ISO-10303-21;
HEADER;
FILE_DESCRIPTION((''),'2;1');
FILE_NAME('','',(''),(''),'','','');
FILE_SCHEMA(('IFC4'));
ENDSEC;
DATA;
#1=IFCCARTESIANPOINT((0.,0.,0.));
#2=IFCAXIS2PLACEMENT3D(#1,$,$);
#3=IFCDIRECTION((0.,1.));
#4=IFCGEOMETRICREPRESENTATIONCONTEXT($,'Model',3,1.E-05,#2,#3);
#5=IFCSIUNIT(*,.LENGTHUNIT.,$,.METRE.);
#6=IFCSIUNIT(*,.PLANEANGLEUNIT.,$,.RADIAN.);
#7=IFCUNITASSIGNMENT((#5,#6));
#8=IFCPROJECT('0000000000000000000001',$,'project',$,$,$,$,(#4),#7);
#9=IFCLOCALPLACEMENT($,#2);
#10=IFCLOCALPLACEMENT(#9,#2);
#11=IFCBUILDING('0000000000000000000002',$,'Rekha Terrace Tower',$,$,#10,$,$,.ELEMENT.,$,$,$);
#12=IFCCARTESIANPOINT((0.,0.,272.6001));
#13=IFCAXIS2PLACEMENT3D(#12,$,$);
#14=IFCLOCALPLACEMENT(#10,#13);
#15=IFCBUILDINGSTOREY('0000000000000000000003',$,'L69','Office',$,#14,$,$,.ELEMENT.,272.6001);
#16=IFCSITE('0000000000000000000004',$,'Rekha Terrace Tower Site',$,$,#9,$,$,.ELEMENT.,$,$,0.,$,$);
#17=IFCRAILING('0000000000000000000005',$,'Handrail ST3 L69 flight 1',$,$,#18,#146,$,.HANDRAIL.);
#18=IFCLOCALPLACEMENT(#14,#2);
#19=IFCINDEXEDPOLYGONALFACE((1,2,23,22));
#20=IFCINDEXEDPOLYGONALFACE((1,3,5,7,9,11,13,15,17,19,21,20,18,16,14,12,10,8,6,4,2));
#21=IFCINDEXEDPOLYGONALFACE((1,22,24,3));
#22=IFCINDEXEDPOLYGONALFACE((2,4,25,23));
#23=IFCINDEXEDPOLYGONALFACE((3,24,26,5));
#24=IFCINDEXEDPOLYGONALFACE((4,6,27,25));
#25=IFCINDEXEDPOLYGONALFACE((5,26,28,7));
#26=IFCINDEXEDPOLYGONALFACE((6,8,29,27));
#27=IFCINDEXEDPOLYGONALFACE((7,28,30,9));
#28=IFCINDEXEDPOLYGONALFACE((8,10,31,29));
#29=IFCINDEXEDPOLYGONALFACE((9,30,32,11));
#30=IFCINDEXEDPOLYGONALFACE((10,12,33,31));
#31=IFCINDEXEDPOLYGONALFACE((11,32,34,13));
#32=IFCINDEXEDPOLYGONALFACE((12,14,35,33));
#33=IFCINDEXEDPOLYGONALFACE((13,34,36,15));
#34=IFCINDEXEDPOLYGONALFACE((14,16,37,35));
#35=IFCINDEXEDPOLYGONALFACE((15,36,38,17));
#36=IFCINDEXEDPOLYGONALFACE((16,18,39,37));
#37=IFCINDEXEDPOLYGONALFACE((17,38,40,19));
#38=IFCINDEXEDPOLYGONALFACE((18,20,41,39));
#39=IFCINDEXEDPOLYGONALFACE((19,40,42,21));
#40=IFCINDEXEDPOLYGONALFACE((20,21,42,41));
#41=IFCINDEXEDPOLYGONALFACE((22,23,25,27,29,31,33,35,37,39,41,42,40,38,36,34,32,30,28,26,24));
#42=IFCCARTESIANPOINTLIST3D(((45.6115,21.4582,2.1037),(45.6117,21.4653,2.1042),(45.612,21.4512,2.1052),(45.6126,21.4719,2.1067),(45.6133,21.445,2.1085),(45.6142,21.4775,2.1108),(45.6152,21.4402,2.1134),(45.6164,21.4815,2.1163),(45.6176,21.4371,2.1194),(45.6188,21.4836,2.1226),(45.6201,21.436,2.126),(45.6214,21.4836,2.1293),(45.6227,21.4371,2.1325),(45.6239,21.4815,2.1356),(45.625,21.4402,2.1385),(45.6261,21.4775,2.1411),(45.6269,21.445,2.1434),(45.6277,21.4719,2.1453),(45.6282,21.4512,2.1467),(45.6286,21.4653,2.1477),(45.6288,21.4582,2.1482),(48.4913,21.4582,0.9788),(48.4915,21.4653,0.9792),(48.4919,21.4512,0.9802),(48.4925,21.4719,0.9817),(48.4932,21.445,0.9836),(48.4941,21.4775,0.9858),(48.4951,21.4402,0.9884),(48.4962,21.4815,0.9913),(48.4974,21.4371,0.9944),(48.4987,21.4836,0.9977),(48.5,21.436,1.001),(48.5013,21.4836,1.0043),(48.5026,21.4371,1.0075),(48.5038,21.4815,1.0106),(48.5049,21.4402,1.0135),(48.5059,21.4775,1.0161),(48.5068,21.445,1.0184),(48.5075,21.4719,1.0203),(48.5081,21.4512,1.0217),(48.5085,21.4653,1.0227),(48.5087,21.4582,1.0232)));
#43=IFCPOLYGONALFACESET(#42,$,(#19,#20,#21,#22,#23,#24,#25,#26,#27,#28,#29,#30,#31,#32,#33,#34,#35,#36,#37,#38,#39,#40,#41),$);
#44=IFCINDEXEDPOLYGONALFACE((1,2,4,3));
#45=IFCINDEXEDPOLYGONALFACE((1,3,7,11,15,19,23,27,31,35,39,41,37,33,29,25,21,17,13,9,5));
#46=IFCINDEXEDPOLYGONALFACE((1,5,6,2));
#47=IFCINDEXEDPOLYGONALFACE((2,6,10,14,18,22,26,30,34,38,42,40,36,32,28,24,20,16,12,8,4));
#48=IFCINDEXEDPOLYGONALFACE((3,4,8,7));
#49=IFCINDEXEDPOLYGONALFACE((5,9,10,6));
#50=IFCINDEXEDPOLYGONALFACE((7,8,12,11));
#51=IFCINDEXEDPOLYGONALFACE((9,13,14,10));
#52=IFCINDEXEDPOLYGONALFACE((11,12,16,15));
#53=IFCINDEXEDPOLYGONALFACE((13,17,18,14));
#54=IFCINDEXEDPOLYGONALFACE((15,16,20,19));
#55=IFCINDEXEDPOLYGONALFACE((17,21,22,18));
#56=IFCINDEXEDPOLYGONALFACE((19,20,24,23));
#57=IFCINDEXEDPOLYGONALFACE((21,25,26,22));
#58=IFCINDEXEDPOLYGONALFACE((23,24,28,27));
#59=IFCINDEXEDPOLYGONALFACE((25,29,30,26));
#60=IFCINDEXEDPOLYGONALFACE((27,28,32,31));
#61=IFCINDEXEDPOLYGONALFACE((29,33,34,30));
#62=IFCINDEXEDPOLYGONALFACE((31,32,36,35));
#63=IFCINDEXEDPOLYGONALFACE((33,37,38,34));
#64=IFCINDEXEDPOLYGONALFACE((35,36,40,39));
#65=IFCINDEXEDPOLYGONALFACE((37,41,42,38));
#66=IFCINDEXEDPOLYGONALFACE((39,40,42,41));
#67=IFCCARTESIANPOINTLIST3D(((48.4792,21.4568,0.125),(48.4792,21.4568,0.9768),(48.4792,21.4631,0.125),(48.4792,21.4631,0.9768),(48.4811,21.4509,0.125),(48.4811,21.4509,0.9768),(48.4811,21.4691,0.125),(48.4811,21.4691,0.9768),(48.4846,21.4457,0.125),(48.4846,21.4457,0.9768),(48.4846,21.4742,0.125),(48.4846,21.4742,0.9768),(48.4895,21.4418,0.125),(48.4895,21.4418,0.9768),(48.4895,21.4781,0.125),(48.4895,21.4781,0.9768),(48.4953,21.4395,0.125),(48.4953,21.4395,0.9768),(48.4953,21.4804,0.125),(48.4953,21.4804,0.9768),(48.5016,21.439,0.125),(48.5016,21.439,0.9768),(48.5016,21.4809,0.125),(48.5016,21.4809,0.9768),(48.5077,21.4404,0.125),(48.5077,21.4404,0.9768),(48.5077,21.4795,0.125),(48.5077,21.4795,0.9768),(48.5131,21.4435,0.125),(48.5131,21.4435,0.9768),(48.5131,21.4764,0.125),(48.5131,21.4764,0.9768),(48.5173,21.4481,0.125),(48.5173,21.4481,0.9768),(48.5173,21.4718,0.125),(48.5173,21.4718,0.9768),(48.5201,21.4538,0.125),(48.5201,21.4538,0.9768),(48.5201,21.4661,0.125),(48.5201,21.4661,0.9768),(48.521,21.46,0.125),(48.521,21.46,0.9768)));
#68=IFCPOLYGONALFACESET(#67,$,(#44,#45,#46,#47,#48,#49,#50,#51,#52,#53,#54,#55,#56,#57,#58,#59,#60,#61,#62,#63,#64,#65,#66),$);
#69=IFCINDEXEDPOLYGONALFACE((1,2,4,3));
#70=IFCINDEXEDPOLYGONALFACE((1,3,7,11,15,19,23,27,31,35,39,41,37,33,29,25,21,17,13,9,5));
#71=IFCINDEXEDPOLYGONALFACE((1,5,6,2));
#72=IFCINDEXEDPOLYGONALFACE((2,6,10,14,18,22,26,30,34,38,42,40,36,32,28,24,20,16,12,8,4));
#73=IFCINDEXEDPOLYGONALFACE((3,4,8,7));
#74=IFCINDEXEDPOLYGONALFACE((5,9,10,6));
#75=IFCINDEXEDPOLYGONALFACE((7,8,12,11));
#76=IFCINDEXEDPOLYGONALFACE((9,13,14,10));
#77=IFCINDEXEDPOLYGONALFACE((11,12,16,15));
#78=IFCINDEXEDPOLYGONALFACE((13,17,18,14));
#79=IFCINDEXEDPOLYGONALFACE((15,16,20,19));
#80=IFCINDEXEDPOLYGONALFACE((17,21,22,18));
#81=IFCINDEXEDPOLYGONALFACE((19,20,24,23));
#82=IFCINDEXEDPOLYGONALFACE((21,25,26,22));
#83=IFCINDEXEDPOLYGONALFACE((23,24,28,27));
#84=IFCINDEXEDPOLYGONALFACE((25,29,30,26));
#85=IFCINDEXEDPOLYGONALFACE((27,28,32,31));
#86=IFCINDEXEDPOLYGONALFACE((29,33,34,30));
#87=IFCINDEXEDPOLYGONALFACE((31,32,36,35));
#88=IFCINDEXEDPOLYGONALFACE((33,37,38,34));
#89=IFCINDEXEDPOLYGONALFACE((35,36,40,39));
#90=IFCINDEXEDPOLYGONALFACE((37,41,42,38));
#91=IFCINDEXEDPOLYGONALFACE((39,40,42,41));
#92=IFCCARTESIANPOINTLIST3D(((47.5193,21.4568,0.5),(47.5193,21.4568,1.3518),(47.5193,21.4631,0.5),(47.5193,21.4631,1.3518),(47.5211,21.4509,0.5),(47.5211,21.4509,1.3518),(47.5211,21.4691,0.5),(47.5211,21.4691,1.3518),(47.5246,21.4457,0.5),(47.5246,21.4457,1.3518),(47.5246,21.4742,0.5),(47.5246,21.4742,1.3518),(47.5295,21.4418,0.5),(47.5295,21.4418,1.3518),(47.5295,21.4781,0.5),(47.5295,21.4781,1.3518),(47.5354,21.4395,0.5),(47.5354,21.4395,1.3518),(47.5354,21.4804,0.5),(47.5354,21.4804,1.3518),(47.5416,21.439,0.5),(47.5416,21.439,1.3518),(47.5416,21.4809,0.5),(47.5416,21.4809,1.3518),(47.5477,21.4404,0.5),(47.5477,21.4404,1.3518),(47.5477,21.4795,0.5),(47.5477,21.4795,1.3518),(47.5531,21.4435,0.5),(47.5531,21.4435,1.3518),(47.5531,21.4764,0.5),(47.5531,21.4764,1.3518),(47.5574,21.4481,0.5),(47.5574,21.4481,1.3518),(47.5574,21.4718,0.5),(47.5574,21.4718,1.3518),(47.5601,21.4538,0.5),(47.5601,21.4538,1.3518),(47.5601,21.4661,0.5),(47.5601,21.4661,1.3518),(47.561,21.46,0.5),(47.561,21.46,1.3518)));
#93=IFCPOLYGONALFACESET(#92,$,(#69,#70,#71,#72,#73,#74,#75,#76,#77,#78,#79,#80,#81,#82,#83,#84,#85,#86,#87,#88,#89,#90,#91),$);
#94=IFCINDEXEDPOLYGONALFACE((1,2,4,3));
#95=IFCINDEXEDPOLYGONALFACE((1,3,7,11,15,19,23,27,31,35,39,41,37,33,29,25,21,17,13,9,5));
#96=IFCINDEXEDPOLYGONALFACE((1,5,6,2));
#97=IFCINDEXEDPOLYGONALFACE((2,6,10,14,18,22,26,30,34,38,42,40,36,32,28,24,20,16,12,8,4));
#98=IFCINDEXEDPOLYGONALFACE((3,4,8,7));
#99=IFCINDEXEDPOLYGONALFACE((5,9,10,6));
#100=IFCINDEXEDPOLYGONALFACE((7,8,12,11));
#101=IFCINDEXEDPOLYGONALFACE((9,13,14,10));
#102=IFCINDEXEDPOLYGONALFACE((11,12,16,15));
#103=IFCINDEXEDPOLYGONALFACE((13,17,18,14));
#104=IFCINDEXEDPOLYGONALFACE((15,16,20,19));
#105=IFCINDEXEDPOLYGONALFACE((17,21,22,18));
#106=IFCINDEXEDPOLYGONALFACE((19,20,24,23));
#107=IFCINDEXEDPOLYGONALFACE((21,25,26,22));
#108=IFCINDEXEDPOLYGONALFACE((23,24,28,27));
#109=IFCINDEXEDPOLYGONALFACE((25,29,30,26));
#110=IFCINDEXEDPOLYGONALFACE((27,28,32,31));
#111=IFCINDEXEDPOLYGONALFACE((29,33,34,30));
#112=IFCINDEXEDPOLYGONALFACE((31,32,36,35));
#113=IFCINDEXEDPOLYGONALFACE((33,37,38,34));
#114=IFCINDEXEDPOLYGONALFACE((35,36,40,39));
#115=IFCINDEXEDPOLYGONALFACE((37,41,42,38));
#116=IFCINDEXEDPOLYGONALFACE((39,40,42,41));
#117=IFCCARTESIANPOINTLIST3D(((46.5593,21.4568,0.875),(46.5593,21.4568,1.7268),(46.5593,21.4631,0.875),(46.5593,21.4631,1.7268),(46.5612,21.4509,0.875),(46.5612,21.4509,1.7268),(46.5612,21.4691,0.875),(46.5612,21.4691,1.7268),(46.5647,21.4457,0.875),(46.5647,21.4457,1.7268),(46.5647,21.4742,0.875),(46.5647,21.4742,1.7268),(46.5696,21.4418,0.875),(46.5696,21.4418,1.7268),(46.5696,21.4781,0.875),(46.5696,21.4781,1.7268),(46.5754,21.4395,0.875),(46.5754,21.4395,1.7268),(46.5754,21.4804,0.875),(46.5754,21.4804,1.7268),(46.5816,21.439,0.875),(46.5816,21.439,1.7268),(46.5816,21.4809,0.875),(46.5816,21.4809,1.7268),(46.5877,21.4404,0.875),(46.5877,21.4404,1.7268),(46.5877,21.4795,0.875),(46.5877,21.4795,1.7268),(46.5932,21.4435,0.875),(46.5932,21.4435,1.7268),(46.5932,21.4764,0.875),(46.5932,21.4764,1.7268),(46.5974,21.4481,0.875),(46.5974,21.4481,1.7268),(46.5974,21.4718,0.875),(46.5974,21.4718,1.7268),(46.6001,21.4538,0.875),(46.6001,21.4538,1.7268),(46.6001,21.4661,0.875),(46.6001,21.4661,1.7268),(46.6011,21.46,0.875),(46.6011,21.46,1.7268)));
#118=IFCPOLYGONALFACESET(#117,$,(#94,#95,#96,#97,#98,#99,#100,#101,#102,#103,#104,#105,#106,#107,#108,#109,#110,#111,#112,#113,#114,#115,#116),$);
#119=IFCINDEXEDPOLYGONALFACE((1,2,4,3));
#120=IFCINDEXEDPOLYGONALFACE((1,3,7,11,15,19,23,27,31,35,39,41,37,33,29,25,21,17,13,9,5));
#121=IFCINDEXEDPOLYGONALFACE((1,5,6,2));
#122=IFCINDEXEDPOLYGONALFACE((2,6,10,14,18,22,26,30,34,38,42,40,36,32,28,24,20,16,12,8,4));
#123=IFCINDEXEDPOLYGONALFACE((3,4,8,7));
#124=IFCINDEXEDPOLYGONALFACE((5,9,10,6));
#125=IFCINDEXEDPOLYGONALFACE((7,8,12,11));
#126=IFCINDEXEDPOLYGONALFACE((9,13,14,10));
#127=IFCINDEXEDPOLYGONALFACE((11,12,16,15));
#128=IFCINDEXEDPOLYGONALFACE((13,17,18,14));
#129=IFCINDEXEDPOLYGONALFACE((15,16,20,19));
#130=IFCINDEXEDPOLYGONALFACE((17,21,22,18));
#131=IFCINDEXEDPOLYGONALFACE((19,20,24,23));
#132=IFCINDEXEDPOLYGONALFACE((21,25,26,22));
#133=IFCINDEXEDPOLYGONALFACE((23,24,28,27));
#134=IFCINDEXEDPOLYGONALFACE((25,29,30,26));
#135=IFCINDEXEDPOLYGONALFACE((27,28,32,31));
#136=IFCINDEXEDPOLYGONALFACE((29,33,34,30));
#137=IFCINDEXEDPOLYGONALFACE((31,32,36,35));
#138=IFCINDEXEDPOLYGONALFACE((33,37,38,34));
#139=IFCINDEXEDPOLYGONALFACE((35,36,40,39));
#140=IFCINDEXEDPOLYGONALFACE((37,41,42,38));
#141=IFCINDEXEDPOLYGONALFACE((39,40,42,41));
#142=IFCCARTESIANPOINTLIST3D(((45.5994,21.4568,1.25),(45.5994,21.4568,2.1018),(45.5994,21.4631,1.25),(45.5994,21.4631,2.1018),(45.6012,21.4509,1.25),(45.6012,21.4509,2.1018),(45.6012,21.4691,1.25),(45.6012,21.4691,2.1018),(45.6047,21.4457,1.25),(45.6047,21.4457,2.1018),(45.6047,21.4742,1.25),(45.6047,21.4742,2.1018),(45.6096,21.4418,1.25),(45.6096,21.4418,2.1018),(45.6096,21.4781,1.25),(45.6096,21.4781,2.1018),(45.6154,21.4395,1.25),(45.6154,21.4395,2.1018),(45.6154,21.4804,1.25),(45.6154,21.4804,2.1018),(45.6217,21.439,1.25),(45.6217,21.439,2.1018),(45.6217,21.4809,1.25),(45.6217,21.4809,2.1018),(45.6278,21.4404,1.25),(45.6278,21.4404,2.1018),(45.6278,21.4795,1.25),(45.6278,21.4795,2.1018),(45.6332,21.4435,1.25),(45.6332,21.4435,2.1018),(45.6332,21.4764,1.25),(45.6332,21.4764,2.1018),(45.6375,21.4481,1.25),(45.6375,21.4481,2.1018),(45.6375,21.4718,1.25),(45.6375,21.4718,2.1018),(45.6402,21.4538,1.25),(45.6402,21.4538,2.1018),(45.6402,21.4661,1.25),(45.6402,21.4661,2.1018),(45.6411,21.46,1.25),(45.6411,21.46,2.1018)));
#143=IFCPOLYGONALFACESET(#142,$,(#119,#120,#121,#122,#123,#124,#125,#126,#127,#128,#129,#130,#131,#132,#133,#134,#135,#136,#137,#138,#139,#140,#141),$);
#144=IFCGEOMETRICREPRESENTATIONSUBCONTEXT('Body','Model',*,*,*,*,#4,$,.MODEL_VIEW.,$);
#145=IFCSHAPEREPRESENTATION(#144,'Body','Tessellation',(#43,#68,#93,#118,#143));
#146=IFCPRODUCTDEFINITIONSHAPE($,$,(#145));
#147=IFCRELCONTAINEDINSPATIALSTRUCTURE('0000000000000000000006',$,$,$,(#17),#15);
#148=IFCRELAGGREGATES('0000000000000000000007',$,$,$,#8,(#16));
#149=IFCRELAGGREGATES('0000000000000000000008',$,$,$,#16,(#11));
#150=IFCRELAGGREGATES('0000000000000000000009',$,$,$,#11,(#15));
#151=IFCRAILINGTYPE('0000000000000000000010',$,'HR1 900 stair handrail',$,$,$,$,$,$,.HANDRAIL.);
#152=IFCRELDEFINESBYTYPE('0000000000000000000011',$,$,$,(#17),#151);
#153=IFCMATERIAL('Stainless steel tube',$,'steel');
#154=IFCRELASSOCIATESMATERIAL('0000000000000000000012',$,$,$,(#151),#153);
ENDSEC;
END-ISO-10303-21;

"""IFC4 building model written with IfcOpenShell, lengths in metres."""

from ifc_helpers import new_model, si_unit, direction, frame, origin, origin_2d, place, context, subcontext, project, spatial, circle, extrude, material, type_object, element, save


model = new_model("IFC4")

# Units and contexts
model_context = context("Model", 3, precision=1e-05, world=origin(), true_north=direction((0.0, 1.0)))
body_context = subcontext(model_context, "Body", "Model", "MODEL_VIEW")
ifc_project = project(units=[si_unit("LENGTHUNIT", "METRE"), si_unit("PLANEANGLEUNIT", "RADIAN")], contexts=[model_context])

# Site, building, storey
site_placement = place(None, origin())
site = spatial("IfcSite", under=ifc_project, at=site_placement, Name="Rekha Terrace Tower Site", CompositionType="ELEMENT", RefElevation=0.0)
building_placement = place(site_placement, origin())
building = spatial("IfcBuilding", under=site, at=building_placement, Name="Rekha Terrace Tower", CompositionType="ELEMENT")
storey_placement = place(building_placement, frame((0.0, 0.0, 272.6001)))
storey = spatial("IfcBuildingStorey", under=building, at=storey_placement, Name="L69", Description="Office", CompositionType="ELEMENT", Elevation=272.6001)

# Railing
ifc_material_1 = material(Name="Stainless steel tube", Category="steel")
railing_type_1 = type_object("IfcRailingType", Name="HR1 900 stair handrail", PredefinedType="HANDRAIL", material=ifc_material_1)
railing_1_placement = place(storey_placement, frame((48.5, 21.46, 0.125)))
element("IfcRailing", 1, at=railing_1_placement, inside=storey, type_object=railing_type_1, Name="Handrail ST3 L69 flight 1", PredefinedType="HANDRAIL", context=body_context, shape_type="SweptSolid", body=[
    extrude(circle(Radius=0.0239, at=origin_2d()), frame((0.0, 0.0, 0.876), z_axis=(-0.931452, 0.0, 0.363863), x_axis=(0.0, -1.0, 0.0)), (0.0, 0.0, 1.0), 3.0918),
    extrude(circle(Radius=0.021, at=origin_2d()), origin(), (0.0, 0.0, 1.0), 0.8518),
    extrude(circle(Radius=0.021, at=origin_2d()), frame((-0.96, 0.0, 0.375)), (0.0, 0.0, 1.0), 0.8518),
    extrude(circle(Radius=0.021, at=origin_2d()), frame((-1.9199, 0.0, 0.75)), (0.0, 0.0, 1.0), 0.8518),
    extrude(circle(Radius=0.021, at=origin_2d()), frame((-2.8799, 0.0, 1.125)), (0.0, 0.0, 1.0), 0.8518),
])

save(model, "model.ifc")
